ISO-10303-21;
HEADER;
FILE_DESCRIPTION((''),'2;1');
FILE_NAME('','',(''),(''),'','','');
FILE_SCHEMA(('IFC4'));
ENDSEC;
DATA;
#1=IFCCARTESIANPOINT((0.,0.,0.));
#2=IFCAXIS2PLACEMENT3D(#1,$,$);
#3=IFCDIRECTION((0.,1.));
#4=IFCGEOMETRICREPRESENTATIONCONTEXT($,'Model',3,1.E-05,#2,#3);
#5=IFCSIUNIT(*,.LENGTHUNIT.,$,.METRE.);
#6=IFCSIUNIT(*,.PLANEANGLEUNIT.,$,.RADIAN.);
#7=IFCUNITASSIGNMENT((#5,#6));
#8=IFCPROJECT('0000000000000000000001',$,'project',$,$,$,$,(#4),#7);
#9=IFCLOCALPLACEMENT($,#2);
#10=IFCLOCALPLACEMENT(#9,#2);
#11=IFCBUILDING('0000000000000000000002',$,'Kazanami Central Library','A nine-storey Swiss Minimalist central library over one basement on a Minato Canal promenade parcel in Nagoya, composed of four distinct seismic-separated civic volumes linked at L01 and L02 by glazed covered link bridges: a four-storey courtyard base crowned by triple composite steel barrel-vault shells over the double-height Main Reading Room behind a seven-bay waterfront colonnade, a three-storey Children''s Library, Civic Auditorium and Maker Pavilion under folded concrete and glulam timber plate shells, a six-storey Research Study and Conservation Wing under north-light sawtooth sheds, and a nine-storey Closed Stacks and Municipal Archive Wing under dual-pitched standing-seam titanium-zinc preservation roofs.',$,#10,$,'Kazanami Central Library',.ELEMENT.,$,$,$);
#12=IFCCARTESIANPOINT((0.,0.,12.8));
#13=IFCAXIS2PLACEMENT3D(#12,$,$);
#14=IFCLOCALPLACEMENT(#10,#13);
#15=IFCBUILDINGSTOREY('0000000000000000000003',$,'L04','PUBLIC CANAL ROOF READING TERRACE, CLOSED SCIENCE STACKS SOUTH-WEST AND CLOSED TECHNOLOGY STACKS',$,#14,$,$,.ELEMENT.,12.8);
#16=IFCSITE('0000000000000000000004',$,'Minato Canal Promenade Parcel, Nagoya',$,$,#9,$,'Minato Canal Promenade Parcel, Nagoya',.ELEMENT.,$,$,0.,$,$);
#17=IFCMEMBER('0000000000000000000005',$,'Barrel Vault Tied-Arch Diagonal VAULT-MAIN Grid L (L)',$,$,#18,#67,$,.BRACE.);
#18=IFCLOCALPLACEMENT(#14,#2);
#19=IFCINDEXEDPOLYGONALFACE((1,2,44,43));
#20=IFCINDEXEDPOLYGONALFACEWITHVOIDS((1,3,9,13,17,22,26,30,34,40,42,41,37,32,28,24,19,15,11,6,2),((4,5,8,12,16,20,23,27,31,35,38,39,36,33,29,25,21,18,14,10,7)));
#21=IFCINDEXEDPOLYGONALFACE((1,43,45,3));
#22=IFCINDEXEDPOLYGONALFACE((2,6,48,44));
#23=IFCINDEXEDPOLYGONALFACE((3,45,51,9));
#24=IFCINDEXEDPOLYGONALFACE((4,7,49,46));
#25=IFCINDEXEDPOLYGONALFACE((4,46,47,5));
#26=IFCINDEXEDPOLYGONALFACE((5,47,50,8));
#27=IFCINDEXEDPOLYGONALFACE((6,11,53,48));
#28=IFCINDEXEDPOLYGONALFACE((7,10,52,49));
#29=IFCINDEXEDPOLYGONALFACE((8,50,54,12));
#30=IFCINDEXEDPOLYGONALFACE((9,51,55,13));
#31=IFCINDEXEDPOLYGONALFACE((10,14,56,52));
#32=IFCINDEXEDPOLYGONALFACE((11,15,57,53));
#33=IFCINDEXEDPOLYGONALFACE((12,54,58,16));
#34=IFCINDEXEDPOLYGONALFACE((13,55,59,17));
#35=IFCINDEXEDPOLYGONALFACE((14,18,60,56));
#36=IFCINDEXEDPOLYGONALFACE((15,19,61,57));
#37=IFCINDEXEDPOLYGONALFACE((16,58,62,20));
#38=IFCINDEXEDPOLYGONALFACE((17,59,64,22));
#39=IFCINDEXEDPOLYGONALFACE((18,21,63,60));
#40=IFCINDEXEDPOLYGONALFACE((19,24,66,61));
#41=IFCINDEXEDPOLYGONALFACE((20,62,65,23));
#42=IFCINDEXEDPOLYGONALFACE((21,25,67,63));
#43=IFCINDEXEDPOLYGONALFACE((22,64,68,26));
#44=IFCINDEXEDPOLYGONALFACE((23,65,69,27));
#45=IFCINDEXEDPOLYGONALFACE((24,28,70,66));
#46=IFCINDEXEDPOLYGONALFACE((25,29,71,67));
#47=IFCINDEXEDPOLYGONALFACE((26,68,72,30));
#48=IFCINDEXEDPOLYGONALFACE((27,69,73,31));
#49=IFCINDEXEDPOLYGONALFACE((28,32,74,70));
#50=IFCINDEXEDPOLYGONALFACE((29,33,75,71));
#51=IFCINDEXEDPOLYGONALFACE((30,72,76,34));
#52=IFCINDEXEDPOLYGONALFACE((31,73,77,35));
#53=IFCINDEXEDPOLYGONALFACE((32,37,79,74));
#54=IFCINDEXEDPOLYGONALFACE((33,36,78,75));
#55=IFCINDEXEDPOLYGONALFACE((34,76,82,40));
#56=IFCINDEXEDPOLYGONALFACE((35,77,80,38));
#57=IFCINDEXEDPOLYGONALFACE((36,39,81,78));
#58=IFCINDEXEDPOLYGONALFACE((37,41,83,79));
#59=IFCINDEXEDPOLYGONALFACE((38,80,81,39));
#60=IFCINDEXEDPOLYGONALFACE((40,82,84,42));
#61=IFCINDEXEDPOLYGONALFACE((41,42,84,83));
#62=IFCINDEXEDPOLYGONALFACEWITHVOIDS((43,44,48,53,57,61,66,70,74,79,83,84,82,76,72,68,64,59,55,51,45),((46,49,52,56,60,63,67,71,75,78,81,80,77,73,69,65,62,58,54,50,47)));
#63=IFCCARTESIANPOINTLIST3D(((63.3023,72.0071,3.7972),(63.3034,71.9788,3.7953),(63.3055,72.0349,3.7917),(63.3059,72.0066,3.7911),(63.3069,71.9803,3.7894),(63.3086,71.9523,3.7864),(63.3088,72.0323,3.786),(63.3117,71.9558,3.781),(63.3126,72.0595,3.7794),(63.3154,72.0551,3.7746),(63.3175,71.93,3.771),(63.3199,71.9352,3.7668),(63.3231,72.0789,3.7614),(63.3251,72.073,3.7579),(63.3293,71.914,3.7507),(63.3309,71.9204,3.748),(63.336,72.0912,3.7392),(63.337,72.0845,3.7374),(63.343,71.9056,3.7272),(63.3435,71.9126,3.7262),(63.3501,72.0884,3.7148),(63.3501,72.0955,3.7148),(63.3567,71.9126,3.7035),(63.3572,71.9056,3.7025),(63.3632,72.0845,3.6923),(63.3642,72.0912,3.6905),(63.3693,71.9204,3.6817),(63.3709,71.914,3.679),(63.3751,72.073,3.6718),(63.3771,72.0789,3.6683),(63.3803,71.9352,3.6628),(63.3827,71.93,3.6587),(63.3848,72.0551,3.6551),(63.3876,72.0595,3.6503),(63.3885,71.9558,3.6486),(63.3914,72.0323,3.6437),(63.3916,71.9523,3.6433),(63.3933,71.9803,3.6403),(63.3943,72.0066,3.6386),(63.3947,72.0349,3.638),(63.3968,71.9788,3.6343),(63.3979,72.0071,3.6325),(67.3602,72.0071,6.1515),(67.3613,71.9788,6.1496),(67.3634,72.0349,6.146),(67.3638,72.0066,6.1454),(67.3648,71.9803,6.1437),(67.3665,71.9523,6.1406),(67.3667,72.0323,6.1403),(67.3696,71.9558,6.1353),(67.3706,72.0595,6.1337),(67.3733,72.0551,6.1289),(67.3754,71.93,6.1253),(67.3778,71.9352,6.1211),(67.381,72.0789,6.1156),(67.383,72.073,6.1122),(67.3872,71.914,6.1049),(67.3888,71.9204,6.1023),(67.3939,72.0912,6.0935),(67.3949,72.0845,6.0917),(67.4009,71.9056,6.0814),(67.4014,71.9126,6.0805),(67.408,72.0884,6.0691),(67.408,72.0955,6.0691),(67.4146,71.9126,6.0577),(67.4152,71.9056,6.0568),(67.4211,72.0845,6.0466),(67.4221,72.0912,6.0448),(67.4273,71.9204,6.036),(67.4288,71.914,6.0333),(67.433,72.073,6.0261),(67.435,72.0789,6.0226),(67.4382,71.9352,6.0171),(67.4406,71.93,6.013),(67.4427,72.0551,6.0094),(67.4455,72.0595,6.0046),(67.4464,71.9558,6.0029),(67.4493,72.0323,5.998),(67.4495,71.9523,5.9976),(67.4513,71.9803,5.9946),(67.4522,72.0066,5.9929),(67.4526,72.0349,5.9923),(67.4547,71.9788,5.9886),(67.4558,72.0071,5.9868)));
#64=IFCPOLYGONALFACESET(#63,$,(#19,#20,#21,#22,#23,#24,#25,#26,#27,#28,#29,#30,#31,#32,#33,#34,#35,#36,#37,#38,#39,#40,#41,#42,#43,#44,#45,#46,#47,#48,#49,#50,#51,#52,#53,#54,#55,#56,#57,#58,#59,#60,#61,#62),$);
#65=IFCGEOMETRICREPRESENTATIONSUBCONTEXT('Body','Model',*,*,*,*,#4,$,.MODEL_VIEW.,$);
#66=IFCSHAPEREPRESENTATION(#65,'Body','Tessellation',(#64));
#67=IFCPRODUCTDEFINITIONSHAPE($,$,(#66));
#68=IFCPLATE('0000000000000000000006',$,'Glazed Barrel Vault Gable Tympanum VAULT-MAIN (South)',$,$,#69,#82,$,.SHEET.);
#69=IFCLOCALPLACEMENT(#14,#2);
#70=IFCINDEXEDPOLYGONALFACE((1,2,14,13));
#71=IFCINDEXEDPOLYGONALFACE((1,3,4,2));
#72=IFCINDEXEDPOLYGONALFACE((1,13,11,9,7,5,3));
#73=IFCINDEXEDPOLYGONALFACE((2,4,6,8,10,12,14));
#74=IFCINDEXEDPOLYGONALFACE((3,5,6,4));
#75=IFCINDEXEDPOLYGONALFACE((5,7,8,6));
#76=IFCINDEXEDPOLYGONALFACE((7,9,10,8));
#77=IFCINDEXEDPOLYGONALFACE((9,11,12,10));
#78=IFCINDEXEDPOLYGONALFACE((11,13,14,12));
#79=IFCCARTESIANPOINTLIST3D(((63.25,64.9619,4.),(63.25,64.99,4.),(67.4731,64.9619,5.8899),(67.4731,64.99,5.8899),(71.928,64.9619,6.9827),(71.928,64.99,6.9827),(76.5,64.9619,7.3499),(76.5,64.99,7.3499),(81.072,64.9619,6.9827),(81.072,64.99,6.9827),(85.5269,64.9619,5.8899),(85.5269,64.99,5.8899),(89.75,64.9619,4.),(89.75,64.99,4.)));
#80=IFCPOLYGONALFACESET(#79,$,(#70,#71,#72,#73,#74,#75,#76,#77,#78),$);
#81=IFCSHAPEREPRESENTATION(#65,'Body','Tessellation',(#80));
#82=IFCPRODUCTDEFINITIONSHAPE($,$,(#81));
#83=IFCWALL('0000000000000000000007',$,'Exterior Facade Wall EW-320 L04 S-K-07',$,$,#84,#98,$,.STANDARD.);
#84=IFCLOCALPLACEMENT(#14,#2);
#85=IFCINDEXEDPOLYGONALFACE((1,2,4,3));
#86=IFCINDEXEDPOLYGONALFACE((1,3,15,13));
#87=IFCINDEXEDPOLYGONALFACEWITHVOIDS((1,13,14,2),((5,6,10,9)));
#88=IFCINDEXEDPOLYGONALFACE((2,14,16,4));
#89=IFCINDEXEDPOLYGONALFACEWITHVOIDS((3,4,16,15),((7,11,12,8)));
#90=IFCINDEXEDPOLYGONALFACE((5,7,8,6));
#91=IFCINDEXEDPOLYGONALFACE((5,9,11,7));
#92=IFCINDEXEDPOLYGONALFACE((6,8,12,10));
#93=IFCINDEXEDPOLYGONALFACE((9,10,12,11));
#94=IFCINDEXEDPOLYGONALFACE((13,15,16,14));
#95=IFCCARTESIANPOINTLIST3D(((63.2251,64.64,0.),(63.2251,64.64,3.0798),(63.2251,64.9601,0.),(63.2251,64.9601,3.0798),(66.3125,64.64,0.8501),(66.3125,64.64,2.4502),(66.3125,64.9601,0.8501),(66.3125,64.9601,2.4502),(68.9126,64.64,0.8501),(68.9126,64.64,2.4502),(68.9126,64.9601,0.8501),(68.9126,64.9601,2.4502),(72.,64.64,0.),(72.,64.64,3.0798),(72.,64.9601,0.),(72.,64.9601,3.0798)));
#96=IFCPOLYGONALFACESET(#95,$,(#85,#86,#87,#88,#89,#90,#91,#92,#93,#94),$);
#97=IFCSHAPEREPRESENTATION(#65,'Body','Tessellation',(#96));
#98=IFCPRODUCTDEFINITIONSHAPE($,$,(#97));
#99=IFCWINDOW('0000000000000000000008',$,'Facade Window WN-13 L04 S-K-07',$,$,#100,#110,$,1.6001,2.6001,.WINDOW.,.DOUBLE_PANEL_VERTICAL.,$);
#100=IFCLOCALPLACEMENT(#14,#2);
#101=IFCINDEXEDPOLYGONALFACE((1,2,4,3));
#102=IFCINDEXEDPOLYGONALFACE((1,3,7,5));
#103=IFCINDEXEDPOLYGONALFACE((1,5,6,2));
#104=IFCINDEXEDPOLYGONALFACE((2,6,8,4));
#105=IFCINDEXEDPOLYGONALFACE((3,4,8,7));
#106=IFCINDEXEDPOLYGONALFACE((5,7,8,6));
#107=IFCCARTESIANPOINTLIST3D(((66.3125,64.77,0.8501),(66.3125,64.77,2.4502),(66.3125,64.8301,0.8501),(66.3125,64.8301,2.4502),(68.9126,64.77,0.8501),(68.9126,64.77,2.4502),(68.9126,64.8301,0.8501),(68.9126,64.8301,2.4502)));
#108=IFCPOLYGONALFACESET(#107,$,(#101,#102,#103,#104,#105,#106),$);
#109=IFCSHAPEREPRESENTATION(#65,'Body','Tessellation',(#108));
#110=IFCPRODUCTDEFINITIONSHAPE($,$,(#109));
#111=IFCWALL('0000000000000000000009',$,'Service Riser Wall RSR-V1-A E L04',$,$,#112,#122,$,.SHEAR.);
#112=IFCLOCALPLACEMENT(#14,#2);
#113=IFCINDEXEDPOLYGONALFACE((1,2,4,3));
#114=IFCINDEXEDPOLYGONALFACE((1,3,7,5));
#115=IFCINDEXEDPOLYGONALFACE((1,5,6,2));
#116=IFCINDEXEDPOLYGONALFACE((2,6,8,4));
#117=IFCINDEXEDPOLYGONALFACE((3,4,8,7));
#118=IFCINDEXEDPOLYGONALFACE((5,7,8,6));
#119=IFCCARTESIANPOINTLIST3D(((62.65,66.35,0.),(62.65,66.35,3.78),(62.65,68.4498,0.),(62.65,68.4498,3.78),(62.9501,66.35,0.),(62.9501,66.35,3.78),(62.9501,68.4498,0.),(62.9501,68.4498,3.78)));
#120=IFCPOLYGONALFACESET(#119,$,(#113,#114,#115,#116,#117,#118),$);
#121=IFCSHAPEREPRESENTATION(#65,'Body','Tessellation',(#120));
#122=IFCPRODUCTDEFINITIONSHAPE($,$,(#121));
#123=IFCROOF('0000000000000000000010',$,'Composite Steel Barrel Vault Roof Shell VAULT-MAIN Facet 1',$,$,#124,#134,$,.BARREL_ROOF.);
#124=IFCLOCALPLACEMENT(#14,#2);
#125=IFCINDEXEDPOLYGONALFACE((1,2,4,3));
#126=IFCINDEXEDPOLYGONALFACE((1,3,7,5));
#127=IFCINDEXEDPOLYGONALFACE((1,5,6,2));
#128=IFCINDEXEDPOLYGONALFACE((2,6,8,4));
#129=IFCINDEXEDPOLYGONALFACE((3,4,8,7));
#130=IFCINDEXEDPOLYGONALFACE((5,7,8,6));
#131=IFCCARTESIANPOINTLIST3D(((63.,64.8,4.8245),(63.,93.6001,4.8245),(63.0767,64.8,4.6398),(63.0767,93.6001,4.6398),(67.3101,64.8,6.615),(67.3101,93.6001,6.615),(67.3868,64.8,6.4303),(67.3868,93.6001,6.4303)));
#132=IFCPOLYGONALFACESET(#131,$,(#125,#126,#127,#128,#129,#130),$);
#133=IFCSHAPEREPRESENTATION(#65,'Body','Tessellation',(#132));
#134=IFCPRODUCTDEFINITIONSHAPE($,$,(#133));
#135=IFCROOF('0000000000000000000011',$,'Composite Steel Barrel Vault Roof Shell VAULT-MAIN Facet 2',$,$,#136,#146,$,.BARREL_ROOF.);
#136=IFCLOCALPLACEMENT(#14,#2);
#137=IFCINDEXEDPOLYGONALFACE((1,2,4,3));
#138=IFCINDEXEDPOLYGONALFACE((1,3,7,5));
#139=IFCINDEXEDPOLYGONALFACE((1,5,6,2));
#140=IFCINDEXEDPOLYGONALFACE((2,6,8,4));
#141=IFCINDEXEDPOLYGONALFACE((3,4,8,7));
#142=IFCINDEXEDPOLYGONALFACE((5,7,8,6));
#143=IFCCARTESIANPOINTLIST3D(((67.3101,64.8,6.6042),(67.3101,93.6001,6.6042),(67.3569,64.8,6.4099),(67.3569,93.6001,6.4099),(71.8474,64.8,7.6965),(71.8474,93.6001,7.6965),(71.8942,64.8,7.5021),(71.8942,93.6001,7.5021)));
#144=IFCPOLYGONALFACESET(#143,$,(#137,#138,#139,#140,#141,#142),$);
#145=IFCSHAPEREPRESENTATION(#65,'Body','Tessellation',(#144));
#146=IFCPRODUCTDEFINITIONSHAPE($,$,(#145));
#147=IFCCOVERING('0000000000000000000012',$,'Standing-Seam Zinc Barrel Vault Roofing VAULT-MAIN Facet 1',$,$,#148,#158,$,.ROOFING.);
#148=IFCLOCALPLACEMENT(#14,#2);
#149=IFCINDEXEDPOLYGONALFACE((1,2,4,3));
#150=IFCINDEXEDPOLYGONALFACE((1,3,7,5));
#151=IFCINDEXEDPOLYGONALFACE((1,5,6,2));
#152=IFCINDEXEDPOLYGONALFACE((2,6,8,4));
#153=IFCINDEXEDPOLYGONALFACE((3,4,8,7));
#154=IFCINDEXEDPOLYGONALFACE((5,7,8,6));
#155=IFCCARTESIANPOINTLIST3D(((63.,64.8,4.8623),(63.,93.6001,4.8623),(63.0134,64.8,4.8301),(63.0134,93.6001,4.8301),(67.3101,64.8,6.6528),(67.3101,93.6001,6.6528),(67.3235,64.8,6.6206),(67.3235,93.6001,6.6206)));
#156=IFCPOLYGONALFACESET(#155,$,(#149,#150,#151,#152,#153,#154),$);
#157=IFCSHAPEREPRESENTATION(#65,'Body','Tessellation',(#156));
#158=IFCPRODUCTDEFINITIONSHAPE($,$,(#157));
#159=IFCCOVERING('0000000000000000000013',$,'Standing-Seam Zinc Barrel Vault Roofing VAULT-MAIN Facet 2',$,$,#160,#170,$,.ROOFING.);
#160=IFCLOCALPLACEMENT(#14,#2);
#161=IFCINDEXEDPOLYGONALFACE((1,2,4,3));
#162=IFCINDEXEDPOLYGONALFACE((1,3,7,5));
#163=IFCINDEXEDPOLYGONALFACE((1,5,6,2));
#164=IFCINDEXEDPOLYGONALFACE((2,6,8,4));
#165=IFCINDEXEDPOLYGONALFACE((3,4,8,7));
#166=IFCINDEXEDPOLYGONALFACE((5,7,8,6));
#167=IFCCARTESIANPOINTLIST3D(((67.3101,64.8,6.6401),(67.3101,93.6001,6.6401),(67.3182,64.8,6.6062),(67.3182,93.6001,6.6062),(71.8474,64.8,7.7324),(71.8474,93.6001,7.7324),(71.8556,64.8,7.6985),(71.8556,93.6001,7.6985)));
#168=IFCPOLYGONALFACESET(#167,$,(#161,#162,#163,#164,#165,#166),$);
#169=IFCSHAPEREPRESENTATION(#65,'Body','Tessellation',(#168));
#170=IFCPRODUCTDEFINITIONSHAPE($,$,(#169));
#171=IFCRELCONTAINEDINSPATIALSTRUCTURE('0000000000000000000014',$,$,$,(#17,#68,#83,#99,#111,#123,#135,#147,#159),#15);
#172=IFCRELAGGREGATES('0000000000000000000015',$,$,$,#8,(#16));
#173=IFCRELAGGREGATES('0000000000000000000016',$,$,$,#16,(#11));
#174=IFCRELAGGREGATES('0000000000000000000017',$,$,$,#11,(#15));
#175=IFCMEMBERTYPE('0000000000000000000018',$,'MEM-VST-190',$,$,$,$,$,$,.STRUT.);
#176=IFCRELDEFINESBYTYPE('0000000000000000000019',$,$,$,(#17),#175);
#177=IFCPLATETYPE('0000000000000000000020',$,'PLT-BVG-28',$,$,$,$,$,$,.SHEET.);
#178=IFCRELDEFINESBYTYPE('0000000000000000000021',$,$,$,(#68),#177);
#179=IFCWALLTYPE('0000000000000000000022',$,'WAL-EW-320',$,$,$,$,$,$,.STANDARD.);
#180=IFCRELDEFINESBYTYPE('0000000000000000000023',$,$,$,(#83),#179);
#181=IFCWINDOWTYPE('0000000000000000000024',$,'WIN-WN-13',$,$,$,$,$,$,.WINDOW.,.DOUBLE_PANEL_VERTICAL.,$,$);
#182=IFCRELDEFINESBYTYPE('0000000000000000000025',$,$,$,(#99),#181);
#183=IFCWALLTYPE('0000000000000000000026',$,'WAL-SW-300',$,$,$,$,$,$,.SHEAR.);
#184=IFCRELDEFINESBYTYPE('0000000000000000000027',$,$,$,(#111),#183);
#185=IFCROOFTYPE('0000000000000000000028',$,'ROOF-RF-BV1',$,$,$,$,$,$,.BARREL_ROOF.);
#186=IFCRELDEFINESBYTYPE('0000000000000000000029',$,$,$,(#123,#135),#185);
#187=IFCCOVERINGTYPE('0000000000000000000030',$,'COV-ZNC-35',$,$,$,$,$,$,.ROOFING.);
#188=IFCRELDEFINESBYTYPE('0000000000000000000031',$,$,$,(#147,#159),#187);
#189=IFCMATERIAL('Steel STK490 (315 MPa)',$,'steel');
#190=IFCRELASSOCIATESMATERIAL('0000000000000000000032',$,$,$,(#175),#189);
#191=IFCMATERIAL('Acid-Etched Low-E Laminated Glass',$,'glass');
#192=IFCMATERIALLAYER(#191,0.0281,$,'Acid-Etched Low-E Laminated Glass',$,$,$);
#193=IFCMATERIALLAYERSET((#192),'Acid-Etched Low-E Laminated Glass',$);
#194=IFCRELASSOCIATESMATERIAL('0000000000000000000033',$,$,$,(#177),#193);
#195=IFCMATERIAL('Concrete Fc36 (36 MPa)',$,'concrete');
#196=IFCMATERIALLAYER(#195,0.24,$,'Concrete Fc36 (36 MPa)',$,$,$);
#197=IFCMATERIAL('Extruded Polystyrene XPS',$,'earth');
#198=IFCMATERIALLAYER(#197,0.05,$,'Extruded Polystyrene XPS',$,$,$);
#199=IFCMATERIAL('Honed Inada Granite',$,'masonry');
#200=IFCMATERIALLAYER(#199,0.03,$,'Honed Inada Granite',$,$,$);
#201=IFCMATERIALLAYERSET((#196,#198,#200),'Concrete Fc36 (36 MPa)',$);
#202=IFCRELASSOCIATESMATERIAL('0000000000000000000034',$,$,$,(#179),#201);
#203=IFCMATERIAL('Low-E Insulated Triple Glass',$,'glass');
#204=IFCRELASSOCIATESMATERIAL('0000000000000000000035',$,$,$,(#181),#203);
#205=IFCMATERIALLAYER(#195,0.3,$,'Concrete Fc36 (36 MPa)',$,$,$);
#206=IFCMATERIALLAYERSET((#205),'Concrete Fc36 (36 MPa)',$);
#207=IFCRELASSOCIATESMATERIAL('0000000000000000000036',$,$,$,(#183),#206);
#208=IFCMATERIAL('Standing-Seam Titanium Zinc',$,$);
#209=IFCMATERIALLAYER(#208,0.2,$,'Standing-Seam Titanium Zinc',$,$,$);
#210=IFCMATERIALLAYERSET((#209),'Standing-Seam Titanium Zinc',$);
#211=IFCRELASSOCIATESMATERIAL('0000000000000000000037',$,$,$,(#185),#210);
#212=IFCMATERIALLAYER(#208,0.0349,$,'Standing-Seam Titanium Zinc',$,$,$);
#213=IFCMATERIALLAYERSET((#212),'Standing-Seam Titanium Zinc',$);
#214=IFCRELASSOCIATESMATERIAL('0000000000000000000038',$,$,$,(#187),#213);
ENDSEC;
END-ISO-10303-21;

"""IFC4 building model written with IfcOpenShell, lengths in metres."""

from ifc_helpers import new_model, si_unit, direction, frame, frame_2d, origin, origin_2d, place, context, subcontext, project, spatial, polyline, rectangle, hollow_circle, outline, extrude, material, layer, layer_set, material_profile, profile_set, type_object, element, fill, save


model = new_model("IFC4")

# Units and contexts
model_context = context("Model", 3, precision=1e-05, world=origin(), true_north=direction((0.0, 1.0)))
body_context = subcontext(model_context, "Body", "Model", "MODEL_VIEW")
ifc_project = project(units=[si_unit("LENGTHUNIT", "METRE"), si_unit("PLANEANGLEUNIT", "RADIAN")], contexts=[model_context])

# Site, building, storey
site_placement = place(None, origin())
site = spatial("IfcSite", under=ifc_project, at=site_placement, Name="Minato Canal Promenade Parcel, Nagoya", LongName="Minato Canal Promenade Parcel, Nagoya", CompositionType="ELEMENT", RefElevation=0.0)
building_placement = place(site_placement, origin())
building = spatial("IfcBuilding", under=site, at=building_placement, Name="Kazanami Central Library", Description="A nine-storey Swiss Minimalist central library over one basement on a Minato Canal promenade parcel in Nagoya, composed of four distinct seismic-separated civic volumes linked at L01 and L02 by glazed covered link bridges: a four-storey courtyard base crowned by triple composite steel barrel-vault shells over the double-height Main Reading Room behind a seven-bay waterfront colonnade, a three-storey Children's Library, Civic Auditorium and Maker Pavilion under folded concrete and glulam timber plate shells, a six-storey Research Study and Conservation Wing under north-light sawtooth sheds, and a nine-storey Closed Stacks and Municipal Archive Wing under dual-pitched standing-seam titanium-zinc preservation roofs.", LongName="Kazanami Central Library", CompositionType="ELEMENT")
storey_placement = place(building_placement, frame((0.0, 0.0, 12.8)))
storey = spatial("IfcBuildingStorey", under=building, at=storey_placement, Name="L04", Description="PUBLIC CANAL ROOF READING TERRACE, CLOSED SCIENCE STACKS SOUTH-WEST AND CLOSED TECHNOLOGY STACKS", CompositionType="ELEMENT", Elevation=12.8)

# Shared definitions
ifc_material_1 = material(Name="Acid-Etched Low-E Laminated Glass", Category="glass")

# Member
ifc_material_2 = material(Name="Steel STK490 (315 MPa)", Category="steel")
ifc_material_profile_1 = material_profile(ifc_material_2, hollow_circle(Radius=0.0955, WallThickness=0.0071, at=origin_2d()), Name="CHS-190.7x7.0")
ifc_profile_set_1 = profile_set([ifc_material_profile_1], Name="Steel STK490 (315 MPa)")
member_type_1 = type_object("IfcMemberType", Name="MEM-VST-190", PredefinedType="STRUT", material=ifc_profile_set_1)
member_1_placement = place(storey_placement, frame((63.3501, 72.0, 3.7148), z_axis=(0.864967, 0.0, 0.501828), x_axis=(0.0, 1.0, 0.0)))
element("IfcMember", 1, at=member_1_placement, inside=storey, type_object=member_type_1, Name="Barrel Vault Tied-Arch Diagonal VAULT-MAIN Grid L (L)", PredefinedType="BRACE", context=body_context, shape_type="SweptSolid", body=[
    extrude(hollow_circle(Radius=0.0955, WallThickness=0.0071, at=origin_2d()), origin(), (0.0, 0.0, 1.0), 4.6914),
])

# Plate
ifc_layer_1 = layer(ifc_material_1, 0.0281, Name="Acid-Etched Low-E Laminated Glass")
ifc_layer_set_1 = layer_set([ifc_layer_1], Name="Acid-Etched Low-E Laminated Glass")
plate_type = type_object("IfcPlateType", Name="PLT-BVG-28", PredefinedType="SHEET", material=ifc_layer_set_1)
plate_placement = place(storey_placement, frame((63.25, 64.9619, 4.0), z_axis=(0.0, -1.0, 0.0), x_axis=(1.0, 0.0, 0.0)))
element("IfcPlate", 2, at=plate_placement, inside=storey, type_object=plate_type, Name="Glazed Barrel Vault Gable Tympanum VAULT-MAIN (South)", PredefinedType="SHEET", context=body_context, shape_type="SweptSolid", body=[
    extrude(outline(polyline([(0.0, 0.0), (26.5, 0.0), (22.2769, 1.8899), (17.822, 2.9827), (13.25, 3.3499), (8.678, 2.9827), (4.2231, 1.8899), (0.0, 0.0)])), origin(), (0.0, 0.0, -1.0), 0.0281),
])

# Wall, opening, window
ifc_material_3 = material(Name="Concrete Fc36 (36 MPa)", Category="concrete")
ifc_layer_2 = layer(ifc_material_3, 0.24, Name="Concrete Fc36 (36 MPa)")
ifc_material_4 = material(Name="Extruded Polystyrene XPS", Category="earth")
ifc_layer_3 = layer(ifc_material_4, 0.05, Name="Extruded Polystyrene XPS")
ifc_material_5 = material(Name="Honed Inada Granite", Category="masonry")
ifc_layer_4 = layer(ifc_material_5, 0.03, Name="Honed Inada Granite")
ifc_layer_set_2 = layer_set([ifc_layer_2, ifc_layer_3, ifc_layer_4], Name="Concrete Fc36 (36 MPa)")
wall_type_1 = type_object("IfcWallType", Name="WAL-EW-320", PredefinedType="STANDARD", material=ifc_layer_set_2)
wall_1_placement = place(storey_placement, frame((63.2251, 64.8, 0.0), z_axis=(0.0, 0.0, 1.0), x_axis=(1.0, 0.0, 0.0)))
wall_1 = element("IfcWall", 3, at=wall_1_placement, inside=storey, type_object=wall_type_1, Name="Exterior Facade Wall EW-320 L04 S-K-07", PredefinedType="STANDARD", context=body_context, shape_type="SweptSolid", body=[
    extrude(rectangle(XDim=8.7749, YDim=0.3201, at=frame_2d((4.3875, 0.0))), origin(), (0.0, 0.0, 1.0), 3.0798),
])
opening_placement = place(wall_1_placement, frame((3.0874, 0.0, 0.8501)))
opening = element("IfcOpeningElement", 4, at=opening_placement, cuts=wall_1, PredefinedType="OPENING", context=body_context, shape_type="SweptSolid", body=[
    extrude(rectangle(XDim=2.6001, YDim=1.6001, at=frame_2d((1.3, 0.8))), frame((0.0, 0.1719, 0.0), z_axis=(0.0, -1.0, 0.0), x_axis=(1.0, 0.0, 0.0)), (0.0, 0.0, 1.0), 0.344),
])
ifc_material_6 = material(Name="Low-E Insulated Triple Glass", Category="glass")
window_type = type_object("IfcWindowType", Name="WIN-WN-13", PartitioningType="DOUBLE_PANEL_VERTICAL", PredefinedType="WINDOW", material=ifc_material_6)
window_placement = place(opening_placement, origin())
window = element("IfcWindow", 5, at=window_placement, inside=storey, type_object=window_type, Name="Facade Window WN-13 L04 S-K-07", OverallHeight=1.6001, OverallWidth=2.6001, PartitioningType="DOUBLE_PANEL_VERTICAL", PredefinedType="WINDOW", context=body_context, shape_type="SweptSolid", body=[
    extrude(rectangle(XDim=2.6001, YDim=1.6001, at=frame_2d((1.3, 0.8))), frame((0.0, 0.03, 0.0), z_axis=(0.0, -1.0, 0.0), x_axis=(1.0, 0.0, 0.0)), (0.0, 0.0, 1.0), 0.0601),
])
fill(opening, window)

# Wall
ifc_layer_5 = layer(ifc_material_3, 0.3, Name="Concrete Fc36 (36 MPa)")
ifc_layer_set_3 = layer_set([ifc_layer_5], Name="Concrete Fc36 (36 MPa)")
wall_type_2 = type_object("IfcWallType", Name="WAL-SW-300", PredefinedType="SHEAR", material=ifc_layer_set_3)
wall_2_placement = place(storey_placement, frame((62.8, 66.3501, 0.0), z_axis=(0.0, 0.0, 1.0), x_axis=(0.0, 1.0, 0.0)))
element("IfcWall", 6, at=wall_2_placement, inside=storey, type_object=wall_type_2, Name="Service Riser Wall RSR-V1-A E L04", PredefinedType="SHEAR", context=body_context, shape_type="SweptSolid", body=[
    extrude(rectangle(XDim=2.0999, YDim=0.3, at=frame_2d((1.0498, 0.0))), origin(), (0.0, 0.0, 1.0), 3.78),
])

# Roofs
ifc_material_7 = material(Name="Standing-Seam Titanium Zinc")
ifc_layer_6 = layer(ifc_material_7, 0.2, Name="Standing-Seam Titanium Zinc")
ifc_layer_set_4 = layer_set([ifc_layer_6], Name="Standing-Seam Titanium Zinc")
roof_type = type_object("IfcRoofType", Name="ROOF-RF-BV1", PredefinedType="BARREL_ROOF", material=ifc_layer_set_4)
roof_1_placement = place(storey_placement, frame((63.0, 64.8, 4.8245), z_axis=(-0.383642, 0.0, 0.923482), x_axis=(0.923482, 0.0, 0.383642)))
element("IfcRoof", 7, at=roof_1_placement, inside=storey, type_object=roof_type, Name="Composite Steel Barrel Vault Roof Shell VAULT-MAIN Facet 1", PredefinedType="BARREL_ROOF", context=body_context, shape_type="SweptSolid", body=[
    extrude(outline(polyline([(0.0, 0.0), (4.6672, 0.0), (4.6672, 28.8), (0.0, 28.8), (0.0, 0.0)])), origin(), (0.0, 0.0, -1.0), 0.2),
])
roof_2_placement = place(storey_placement, frame((67.3101, 64.8, 6.6042), z_axis=(-0.234046, 0.0, 0.972226), x_axis=(0.972226, 0.0, 0.234046)))
element("IfcRoof", 8, at=roof_2_placement, inside=storey, type_object=roof_type, Name="Composite Steel Barrel Vault Roof Shell VAULT-MAIN Facet 2", PredefinedType="BARREL_ROOF", context=body_context, shape_type="SweptSolid", body=[
    extrude(outline(polyline([(0.0, 0.0), (4.667, 0.0), (4.667, 28.8), (0.0, 28.8), (0.0, 0.0)])), origin(), (0.0, 0.0, -1.0), 0.2),
])

# Coverings
ifc_layer_7 = layer(ifc_material_7, 0.0349, Name="Standing-Seam Titanium Zinc")
ifc_layer_set_5 = layer_set([ifc_layer_7], Name="Standing-Seam Titanium Zinc")
covering_type = type_object("IfcCoveringType", Name="COV-ZNC-35", PredefinedType="ROOFING", material=ifc_layer_set_5)
covering_1_placement = place(storey_placement, frame((63.0, 64.8, 4.8623), z_axis=(-0.383642, 0.0, 0.923482), x_axis=(0.923482, 0.0, 0.383642)))
element("IfcCovering", 9, at=covering_1_placement, inside=storey, type_object=covering_type, Name="Standing-Seam Zinc Barrel Vault Roofing VAULT-MAIN Facet 1", PredefinedType="ROOFING", context=body_context, shape_type="SweptSolid", body=[
    extrude(outline(polyline([(0.0, 0.0), (4.6672, 0.0), (4.6672, 28.8), (0.0, 28.8), (0.0, 0.0)])), origin(), (0.0, 0.0, -1.0), 0.0349),
])
covering_2_placement = place(storey_placement, frame((67.3101, 64.8, 6.6401), z_axis=(-0.234046, 0.0, 0.972226), x_axis=(0.972226, 0.0, 0.234046)))
element("IfcCovering", 10, at=covering_2_placement, inside=storey, type_object=covering_type, Name="Standing-Seam Zinc Barrel Vault Roofing VAULT-MAIN Facet 2", PredefinedType="ROOFING", context=body_context, shape_type="SweptSolid", body=[
    extrude(outline(polyline([(0.0, 0.0), (4.667, 0.0), (4.667, 28.8), (0.0, 28.8), (0.0, 0.0)])), origin(), (0.0, 0.0, -1.0), 0.0349),
])

save(model, "model.ifc")
